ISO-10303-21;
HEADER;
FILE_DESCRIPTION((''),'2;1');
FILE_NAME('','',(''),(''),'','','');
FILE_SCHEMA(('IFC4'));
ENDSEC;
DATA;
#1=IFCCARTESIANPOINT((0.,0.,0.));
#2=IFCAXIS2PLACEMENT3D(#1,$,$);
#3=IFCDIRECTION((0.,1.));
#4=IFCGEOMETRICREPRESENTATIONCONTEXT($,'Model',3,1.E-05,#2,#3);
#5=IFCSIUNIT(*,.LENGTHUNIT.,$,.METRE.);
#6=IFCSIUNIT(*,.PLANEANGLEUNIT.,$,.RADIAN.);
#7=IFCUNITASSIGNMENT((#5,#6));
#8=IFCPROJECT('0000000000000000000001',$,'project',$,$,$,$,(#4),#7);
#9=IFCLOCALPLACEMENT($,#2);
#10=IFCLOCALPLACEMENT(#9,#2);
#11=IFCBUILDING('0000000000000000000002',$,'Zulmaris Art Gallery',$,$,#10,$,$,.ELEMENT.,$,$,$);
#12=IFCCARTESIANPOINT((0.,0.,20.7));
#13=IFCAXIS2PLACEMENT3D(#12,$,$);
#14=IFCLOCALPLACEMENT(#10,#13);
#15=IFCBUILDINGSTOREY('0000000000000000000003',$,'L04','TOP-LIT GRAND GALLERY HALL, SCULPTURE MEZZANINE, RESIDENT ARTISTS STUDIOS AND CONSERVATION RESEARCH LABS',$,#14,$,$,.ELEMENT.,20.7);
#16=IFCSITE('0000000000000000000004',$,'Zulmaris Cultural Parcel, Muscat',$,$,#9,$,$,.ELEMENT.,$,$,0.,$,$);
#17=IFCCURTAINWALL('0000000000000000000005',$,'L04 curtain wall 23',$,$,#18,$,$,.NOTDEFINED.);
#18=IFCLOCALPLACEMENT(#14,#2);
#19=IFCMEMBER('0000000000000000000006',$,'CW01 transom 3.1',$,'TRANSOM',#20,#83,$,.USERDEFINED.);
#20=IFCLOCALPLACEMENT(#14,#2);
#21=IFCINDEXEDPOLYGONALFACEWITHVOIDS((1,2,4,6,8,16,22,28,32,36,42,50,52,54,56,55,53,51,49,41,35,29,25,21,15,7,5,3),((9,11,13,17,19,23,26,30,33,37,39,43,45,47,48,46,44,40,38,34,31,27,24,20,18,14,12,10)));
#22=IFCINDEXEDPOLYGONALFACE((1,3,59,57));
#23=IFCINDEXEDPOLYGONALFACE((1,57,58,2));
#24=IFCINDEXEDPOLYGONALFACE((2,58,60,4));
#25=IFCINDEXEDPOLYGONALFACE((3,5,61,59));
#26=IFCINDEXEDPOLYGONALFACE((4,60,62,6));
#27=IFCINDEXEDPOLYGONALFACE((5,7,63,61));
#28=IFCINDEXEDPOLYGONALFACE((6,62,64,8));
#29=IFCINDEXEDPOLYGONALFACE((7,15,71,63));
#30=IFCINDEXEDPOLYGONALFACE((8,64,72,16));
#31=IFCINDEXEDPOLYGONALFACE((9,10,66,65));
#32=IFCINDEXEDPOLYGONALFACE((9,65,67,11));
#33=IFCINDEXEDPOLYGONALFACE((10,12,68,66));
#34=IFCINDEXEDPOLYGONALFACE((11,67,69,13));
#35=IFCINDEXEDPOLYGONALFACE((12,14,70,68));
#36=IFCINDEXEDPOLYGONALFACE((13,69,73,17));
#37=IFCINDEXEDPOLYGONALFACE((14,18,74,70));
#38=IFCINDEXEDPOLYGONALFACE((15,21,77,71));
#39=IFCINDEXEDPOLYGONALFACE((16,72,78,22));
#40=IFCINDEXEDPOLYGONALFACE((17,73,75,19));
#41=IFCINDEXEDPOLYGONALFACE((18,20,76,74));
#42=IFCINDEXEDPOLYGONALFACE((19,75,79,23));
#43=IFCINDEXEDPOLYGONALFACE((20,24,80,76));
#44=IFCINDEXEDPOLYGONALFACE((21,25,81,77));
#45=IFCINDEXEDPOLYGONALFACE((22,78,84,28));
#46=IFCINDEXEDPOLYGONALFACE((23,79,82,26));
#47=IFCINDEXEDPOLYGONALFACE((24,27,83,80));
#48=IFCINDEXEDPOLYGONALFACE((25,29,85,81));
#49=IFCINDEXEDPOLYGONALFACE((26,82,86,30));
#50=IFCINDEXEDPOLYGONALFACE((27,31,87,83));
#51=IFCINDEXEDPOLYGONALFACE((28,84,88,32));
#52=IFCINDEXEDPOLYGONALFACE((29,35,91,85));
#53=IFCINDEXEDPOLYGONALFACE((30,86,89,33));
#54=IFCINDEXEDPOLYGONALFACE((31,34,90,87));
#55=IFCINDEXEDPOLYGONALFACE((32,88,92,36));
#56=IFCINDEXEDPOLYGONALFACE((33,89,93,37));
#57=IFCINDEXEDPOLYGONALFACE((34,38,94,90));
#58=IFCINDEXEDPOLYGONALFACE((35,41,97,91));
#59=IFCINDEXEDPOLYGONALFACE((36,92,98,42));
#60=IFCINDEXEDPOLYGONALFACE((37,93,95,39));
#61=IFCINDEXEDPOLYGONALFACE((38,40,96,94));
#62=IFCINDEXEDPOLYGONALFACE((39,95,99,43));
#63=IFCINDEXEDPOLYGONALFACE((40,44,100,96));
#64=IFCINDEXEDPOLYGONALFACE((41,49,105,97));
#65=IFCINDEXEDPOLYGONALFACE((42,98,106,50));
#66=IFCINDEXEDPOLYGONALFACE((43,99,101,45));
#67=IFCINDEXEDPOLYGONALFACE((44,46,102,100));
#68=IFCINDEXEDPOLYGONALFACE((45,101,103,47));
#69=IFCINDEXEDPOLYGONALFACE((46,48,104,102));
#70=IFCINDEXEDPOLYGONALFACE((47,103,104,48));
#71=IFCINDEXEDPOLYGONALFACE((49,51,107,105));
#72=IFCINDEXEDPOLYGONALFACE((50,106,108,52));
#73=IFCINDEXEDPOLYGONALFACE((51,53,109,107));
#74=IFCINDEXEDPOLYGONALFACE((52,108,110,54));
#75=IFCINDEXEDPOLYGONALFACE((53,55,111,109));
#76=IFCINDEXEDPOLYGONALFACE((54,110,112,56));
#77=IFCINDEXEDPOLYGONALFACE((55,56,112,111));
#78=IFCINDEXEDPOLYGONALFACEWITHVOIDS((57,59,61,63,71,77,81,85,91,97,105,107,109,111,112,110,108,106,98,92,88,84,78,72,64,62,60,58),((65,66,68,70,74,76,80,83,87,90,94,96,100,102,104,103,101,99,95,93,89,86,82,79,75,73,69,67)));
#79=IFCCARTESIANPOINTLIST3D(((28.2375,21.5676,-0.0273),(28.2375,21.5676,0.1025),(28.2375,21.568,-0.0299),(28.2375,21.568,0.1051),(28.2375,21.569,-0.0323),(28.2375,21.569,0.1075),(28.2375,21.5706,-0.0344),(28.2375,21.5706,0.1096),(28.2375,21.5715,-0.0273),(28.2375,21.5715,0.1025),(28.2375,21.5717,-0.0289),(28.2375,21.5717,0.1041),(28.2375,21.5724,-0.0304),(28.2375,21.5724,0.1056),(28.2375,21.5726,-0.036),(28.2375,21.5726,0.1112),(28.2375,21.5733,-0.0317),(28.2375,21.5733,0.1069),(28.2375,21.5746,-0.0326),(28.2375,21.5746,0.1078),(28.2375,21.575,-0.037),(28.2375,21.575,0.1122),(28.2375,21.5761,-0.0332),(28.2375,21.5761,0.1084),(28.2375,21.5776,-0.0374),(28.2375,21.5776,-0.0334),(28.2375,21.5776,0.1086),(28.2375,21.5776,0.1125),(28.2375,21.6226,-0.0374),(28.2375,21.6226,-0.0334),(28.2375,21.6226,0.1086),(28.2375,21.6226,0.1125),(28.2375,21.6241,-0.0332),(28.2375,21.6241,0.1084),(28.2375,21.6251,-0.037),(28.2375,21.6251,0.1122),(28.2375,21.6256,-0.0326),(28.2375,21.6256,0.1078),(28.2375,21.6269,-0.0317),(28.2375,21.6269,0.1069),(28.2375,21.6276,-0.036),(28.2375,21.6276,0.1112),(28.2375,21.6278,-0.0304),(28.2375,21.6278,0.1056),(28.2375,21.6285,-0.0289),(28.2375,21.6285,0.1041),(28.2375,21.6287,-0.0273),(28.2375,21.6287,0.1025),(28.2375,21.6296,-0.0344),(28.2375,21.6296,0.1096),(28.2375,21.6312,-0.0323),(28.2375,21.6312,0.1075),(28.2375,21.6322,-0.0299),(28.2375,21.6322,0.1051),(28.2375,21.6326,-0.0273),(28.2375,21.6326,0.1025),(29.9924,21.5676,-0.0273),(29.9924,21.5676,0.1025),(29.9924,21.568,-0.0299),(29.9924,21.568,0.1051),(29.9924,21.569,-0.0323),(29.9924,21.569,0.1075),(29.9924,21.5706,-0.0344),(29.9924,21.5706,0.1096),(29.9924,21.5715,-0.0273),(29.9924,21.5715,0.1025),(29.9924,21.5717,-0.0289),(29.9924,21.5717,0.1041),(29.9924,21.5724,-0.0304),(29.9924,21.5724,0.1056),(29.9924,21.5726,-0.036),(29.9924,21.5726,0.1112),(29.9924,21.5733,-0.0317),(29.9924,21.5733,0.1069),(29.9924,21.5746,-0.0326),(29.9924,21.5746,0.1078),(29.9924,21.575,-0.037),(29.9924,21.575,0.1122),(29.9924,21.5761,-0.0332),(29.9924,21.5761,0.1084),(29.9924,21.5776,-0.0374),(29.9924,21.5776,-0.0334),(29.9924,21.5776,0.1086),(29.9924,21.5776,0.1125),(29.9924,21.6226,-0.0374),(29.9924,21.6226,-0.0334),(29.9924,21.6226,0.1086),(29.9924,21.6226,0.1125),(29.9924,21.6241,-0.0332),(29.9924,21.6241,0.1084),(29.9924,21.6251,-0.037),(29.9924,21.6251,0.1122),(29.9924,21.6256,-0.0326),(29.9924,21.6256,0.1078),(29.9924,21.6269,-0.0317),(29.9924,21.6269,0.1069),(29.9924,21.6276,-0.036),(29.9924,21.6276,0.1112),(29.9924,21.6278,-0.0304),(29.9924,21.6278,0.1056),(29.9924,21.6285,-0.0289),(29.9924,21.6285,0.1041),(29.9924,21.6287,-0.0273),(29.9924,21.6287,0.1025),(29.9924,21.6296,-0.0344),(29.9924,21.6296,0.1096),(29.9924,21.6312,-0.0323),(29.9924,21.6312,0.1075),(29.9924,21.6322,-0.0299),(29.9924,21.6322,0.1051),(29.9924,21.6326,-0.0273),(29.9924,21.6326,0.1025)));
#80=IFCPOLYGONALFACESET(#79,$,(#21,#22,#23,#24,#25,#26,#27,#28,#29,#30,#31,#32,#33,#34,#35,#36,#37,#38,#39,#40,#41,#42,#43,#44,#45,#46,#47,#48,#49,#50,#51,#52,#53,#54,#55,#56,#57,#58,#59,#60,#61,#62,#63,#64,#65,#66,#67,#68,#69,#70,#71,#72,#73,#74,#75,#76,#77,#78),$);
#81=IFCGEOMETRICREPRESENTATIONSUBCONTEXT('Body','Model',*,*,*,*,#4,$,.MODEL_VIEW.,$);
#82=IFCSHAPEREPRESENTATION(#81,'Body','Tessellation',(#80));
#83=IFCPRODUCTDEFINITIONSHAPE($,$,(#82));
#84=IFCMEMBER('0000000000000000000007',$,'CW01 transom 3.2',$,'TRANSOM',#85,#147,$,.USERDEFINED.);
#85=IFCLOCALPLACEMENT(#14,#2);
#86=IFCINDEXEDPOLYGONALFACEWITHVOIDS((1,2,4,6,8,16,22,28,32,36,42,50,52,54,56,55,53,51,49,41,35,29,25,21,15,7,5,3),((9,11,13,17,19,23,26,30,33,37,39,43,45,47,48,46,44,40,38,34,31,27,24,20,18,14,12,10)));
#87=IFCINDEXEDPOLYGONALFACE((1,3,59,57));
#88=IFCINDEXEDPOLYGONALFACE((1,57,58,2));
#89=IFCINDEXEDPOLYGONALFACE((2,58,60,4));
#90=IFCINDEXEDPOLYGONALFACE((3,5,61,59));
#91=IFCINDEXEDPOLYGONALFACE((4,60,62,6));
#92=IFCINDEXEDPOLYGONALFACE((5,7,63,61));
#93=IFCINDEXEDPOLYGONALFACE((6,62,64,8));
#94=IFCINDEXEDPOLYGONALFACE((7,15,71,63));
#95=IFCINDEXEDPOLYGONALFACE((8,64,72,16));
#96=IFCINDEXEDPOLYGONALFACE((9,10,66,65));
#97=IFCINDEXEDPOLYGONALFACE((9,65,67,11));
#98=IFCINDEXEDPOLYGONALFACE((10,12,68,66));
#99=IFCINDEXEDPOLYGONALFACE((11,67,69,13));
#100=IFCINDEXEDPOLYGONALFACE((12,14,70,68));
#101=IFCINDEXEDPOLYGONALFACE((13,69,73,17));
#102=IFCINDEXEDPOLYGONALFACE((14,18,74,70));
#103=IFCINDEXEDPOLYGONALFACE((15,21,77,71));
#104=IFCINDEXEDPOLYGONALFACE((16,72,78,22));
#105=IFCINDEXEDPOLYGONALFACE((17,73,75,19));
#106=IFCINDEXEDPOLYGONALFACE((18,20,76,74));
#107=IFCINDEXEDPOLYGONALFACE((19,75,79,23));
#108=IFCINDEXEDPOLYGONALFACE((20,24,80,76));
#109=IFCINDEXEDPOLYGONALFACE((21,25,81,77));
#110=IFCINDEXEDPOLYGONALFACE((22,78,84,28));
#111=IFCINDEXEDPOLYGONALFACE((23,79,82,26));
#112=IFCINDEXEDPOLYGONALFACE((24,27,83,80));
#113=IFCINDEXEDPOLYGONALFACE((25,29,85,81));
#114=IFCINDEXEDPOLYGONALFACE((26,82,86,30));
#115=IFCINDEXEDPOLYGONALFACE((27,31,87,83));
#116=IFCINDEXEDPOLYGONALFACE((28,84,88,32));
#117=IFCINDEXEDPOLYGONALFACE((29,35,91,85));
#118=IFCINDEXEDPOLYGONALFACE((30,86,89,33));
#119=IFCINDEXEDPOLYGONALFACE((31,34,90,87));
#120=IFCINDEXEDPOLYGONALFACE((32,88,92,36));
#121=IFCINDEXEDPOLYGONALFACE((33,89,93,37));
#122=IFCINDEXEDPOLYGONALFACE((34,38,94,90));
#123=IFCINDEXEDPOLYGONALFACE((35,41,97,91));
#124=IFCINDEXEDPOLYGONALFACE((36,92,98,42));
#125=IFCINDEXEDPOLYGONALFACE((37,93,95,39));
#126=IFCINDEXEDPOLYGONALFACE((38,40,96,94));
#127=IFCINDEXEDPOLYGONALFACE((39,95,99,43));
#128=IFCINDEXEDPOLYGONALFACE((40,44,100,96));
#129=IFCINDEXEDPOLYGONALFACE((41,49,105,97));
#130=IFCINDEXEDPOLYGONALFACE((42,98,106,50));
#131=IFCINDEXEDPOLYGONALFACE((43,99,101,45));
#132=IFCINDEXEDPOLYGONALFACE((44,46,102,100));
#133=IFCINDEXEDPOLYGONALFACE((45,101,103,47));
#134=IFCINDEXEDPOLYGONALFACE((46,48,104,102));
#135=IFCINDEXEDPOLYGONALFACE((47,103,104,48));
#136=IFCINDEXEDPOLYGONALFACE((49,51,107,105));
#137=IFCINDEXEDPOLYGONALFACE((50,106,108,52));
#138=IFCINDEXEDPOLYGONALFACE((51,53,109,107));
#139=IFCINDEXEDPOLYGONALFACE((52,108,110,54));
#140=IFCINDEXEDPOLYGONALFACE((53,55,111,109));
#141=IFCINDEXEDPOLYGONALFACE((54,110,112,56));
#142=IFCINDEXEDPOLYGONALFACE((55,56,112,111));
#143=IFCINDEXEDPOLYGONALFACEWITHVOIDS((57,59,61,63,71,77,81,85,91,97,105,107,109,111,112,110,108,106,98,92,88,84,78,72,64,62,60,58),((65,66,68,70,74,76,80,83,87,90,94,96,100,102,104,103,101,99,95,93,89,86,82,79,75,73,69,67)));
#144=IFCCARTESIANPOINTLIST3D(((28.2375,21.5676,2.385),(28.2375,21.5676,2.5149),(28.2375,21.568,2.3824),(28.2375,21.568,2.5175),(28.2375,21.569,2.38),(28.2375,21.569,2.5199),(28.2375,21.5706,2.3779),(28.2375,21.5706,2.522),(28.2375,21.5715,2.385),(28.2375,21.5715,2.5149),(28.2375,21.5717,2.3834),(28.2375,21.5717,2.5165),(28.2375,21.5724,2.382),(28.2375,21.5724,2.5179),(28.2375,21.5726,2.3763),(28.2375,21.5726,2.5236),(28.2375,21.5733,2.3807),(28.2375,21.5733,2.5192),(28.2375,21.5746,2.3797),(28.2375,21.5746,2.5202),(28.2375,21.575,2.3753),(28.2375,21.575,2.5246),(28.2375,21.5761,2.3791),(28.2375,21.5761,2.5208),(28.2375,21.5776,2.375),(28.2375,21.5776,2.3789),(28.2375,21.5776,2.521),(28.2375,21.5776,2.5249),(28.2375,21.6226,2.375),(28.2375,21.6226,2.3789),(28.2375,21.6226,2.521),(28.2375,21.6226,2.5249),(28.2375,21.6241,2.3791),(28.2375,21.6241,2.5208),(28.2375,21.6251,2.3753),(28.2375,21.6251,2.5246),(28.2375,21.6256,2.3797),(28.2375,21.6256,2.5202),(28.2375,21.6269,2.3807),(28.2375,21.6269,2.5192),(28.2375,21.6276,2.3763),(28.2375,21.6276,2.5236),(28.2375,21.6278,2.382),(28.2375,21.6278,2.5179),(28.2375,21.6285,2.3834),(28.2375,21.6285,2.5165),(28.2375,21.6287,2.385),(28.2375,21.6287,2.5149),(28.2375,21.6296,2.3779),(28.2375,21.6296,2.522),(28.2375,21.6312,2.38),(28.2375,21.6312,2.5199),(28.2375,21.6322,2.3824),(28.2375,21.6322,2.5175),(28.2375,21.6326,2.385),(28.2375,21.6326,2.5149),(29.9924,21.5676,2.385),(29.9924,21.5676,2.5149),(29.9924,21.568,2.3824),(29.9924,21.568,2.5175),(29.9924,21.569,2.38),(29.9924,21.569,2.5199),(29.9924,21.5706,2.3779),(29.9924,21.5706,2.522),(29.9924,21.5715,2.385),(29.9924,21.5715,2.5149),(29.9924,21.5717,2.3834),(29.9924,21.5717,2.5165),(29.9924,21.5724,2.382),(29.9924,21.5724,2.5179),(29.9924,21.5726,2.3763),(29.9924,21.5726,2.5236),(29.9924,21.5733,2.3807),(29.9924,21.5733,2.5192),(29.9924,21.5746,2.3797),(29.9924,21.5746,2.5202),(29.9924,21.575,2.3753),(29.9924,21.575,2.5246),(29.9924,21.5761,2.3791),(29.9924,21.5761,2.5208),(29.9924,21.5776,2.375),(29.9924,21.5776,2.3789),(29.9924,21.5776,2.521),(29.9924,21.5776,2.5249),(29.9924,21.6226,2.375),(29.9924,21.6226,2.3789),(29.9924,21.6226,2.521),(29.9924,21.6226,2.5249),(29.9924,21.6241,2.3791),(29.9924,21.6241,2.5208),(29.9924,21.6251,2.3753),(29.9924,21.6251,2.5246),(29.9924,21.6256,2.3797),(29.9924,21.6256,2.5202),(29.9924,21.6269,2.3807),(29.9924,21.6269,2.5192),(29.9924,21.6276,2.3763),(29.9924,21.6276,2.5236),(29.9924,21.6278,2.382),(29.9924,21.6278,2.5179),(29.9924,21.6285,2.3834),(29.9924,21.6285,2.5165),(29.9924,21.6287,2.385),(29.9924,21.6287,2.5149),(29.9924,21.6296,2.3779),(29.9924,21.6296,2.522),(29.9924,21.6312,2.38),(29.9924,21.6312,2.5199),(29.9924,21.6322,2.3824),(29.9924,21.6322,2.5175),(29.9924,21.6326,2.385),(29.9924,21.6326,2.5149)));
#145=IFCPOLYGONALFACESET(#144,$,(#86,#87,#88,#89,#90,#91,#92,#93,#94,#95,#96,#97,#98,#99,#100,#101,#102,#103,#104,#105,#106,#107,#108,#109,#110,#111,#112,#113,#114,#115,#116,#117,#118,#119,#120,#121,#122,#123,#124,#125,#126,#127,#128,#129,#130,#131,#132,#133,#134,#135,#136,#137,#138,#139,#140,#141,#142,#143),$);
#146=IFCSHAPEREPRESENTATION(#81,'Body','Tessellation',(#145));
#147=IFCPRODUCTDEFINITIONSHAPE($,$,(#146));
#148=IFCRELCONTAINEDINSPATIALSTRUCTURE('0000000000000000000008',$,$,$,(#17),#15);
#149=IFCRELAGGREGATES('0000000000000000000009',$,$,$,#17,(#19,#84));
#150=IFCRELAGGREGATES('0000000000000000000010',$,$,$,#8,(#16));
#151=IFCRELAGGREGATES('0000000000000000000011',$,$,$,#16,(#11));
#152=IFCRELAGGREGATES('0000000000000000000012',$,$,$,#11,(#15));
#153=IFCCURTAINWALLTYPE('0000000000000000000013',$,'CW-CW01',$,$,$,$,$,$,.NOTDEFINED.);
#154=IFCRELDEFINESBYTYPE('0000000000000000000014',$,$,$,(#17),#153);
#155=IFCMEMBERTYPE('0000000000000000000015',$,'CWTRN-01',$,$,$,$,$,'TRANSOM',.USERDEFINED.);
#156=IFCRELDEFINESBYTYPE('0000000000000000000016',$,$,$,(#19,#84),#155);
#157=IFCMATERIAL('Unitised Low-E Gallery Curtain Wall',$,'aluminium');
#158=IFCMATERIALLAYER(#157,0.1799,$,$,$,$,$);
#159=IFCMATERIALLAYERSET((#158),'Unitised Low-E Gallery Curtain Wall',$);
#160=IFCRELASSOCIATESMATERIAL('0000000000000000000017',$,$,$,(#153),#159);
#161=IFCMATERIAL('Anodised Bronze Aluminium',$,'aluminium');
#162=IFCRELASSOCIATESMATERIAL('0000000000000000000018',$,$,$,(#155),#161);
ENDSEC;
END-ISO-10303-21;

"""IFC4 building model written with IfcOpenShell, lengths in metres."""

from ifc_helpers import new_model, si_unit, direction, frame, origin, origin_2d, place, context, subcontext, project, spatial, hollow_rectangle, extrude, material, layer, layer_set, material_profile, profile_set, type_object, element, aggregate, save


model = new_model("IFC4")

# Units and contexts
model_context = context("Model", 3, precision=1e-05, world=origin(), true_north=direction((0.0, 1.0)))
body_context = subcontext(model_context, "Body", "Model", "MODEL_VIEW")
ifc_project = project(units=[si_unit("LENGTHUNIT", "METRE"), si_unit("PLANEANGLEUNIT", "RADIAN")], contexts=[model_context])

# Site, building, storey
site_placement = place(None, origin())
site = spatial("IfcSite", under=ifc_project, at=site_placement, Name="Zulmaris Cultural Parcel, Muscat", CompositionType="ELEMENT", RefElevation=0.0)
building_placement = place(site_placement, origin())
building = spatial("IfcBuilding", under=site, at=building_placement, Name="Zulmaris Art Gallery", CompositionType="ELEMENT")
storey_placement = place(building_placement, frame((0.0, 0.0, 20.7)))
storey = spatial("IfcBuildingStorey", under=building, at=storey_placement, Name="L04", Description="TOP-LIT GRAND GALLERY HALL, SCULPTURE MEZZANINE, RESIDENT ARTISTS STUDIOS AND CONSERVATION RESEARCH LABS", CompositionType="ELEMENT", Elevation=20.7)

# Curtain wall
ifc_material_1 = material(Name="Unitised Low-E Gallery Curtain Wall", Category="aluminium")
ifc_layer_1 = layer(ifc_material_1, 0.1799)
ifc_layer_set_1 = layer_set([ifc_layer_1], Name="Unitised Low-E Gallery Curtain Wall")
curtain_wall_type_1 = type_object("IfcCurtainWallType", Name="CW-CW01", PredefinedType="NOTDEFINED", material=ifc_layer_set_1)
curtain_wall_1_placement = place(storey_placement, origin())
curtain_wall_1 = element("IfcCurtainWall", 1, at=curtain_wall_1_placement, inside=storey, type_object=curtain_wall_type_1, Name="L04 curtain wall 23", PredefinedType="NOTDEFINED")
ifc_material_2 = material(Name="Anodised Bronze Aluminium", Category="aluminium")

# Members
ifc_material_profile_1 = material_profile(ifc_material_2, hollow_rectangle(XDim=0.0649, YDim=0.1499, WallThickness=0.0039, InnerFilletRadius=0.0061, OuterFilletRadius=0.01, at=origin_2d()), Name="ALU 65x150x4")
ifc_profile_set_1 = profile_set([ifc_material_profile_1], Name="Anodised Bronze Aluminium")
member_type_1 = type_object("IfcMemberType", Name="CWTRN-01", ElementType="TRANSOM", PredefinedType="USERDEFINED", material=ifc_profile_set_1)
member_1_placement = place(storey_placement, frame((28.2375, 21.6001, 0.0376), z_axis=(1.0, 0.0, 0.0), x_axis=(0.0, 1.0, 0.0)))
member_1 = element("IfcMember", 2, at=member_1_placement, type_object=member_type_1, Name="CW01 transom 3.1", ObjectType="TRANSOM", PredefinedType="USERDEFINED", context=body_context, shape_type="SweptSolid", body=[
    extrude(hollow_rectangle(XDim=0.0649, YDim=0.1499, WallThickness=0.0039, InnerFilletRadius=0.0061, OuterFilletRadius=0.01, at=origin_2d()), origin(), (0.0, 0.0, 1.0), 1.7549),
])
member_2_placement = place(storey_placement, frame((28.2375, 21.6001, 2.45), z_axis=(1.0, 0.0, 0.0), x_axis=(0.0, 1.0, 0.0)))
member_2 = element("IfcMember", 3, at=member_2_placement, type_object=member_type_1, Name="CW01 transom 3.2", ObjectType="TRANSOM", PredefinedType="USERDEFINED", context=body_context, shape_type="SweptSolid", body=[
    extrude(hollow_rectangle(XDim=0.0649, YDim=0.1499, WallThickness=0.0039, InnerFilletRadius=0.0061, OuterFilletRadius=0.01, at=origin_2d()), origin(), (0.0, 0.0, 1.0), 1.7549),
])

aggregate(curtain_wall_1, [member_1, member_2])

save(model, "model.ifc")
